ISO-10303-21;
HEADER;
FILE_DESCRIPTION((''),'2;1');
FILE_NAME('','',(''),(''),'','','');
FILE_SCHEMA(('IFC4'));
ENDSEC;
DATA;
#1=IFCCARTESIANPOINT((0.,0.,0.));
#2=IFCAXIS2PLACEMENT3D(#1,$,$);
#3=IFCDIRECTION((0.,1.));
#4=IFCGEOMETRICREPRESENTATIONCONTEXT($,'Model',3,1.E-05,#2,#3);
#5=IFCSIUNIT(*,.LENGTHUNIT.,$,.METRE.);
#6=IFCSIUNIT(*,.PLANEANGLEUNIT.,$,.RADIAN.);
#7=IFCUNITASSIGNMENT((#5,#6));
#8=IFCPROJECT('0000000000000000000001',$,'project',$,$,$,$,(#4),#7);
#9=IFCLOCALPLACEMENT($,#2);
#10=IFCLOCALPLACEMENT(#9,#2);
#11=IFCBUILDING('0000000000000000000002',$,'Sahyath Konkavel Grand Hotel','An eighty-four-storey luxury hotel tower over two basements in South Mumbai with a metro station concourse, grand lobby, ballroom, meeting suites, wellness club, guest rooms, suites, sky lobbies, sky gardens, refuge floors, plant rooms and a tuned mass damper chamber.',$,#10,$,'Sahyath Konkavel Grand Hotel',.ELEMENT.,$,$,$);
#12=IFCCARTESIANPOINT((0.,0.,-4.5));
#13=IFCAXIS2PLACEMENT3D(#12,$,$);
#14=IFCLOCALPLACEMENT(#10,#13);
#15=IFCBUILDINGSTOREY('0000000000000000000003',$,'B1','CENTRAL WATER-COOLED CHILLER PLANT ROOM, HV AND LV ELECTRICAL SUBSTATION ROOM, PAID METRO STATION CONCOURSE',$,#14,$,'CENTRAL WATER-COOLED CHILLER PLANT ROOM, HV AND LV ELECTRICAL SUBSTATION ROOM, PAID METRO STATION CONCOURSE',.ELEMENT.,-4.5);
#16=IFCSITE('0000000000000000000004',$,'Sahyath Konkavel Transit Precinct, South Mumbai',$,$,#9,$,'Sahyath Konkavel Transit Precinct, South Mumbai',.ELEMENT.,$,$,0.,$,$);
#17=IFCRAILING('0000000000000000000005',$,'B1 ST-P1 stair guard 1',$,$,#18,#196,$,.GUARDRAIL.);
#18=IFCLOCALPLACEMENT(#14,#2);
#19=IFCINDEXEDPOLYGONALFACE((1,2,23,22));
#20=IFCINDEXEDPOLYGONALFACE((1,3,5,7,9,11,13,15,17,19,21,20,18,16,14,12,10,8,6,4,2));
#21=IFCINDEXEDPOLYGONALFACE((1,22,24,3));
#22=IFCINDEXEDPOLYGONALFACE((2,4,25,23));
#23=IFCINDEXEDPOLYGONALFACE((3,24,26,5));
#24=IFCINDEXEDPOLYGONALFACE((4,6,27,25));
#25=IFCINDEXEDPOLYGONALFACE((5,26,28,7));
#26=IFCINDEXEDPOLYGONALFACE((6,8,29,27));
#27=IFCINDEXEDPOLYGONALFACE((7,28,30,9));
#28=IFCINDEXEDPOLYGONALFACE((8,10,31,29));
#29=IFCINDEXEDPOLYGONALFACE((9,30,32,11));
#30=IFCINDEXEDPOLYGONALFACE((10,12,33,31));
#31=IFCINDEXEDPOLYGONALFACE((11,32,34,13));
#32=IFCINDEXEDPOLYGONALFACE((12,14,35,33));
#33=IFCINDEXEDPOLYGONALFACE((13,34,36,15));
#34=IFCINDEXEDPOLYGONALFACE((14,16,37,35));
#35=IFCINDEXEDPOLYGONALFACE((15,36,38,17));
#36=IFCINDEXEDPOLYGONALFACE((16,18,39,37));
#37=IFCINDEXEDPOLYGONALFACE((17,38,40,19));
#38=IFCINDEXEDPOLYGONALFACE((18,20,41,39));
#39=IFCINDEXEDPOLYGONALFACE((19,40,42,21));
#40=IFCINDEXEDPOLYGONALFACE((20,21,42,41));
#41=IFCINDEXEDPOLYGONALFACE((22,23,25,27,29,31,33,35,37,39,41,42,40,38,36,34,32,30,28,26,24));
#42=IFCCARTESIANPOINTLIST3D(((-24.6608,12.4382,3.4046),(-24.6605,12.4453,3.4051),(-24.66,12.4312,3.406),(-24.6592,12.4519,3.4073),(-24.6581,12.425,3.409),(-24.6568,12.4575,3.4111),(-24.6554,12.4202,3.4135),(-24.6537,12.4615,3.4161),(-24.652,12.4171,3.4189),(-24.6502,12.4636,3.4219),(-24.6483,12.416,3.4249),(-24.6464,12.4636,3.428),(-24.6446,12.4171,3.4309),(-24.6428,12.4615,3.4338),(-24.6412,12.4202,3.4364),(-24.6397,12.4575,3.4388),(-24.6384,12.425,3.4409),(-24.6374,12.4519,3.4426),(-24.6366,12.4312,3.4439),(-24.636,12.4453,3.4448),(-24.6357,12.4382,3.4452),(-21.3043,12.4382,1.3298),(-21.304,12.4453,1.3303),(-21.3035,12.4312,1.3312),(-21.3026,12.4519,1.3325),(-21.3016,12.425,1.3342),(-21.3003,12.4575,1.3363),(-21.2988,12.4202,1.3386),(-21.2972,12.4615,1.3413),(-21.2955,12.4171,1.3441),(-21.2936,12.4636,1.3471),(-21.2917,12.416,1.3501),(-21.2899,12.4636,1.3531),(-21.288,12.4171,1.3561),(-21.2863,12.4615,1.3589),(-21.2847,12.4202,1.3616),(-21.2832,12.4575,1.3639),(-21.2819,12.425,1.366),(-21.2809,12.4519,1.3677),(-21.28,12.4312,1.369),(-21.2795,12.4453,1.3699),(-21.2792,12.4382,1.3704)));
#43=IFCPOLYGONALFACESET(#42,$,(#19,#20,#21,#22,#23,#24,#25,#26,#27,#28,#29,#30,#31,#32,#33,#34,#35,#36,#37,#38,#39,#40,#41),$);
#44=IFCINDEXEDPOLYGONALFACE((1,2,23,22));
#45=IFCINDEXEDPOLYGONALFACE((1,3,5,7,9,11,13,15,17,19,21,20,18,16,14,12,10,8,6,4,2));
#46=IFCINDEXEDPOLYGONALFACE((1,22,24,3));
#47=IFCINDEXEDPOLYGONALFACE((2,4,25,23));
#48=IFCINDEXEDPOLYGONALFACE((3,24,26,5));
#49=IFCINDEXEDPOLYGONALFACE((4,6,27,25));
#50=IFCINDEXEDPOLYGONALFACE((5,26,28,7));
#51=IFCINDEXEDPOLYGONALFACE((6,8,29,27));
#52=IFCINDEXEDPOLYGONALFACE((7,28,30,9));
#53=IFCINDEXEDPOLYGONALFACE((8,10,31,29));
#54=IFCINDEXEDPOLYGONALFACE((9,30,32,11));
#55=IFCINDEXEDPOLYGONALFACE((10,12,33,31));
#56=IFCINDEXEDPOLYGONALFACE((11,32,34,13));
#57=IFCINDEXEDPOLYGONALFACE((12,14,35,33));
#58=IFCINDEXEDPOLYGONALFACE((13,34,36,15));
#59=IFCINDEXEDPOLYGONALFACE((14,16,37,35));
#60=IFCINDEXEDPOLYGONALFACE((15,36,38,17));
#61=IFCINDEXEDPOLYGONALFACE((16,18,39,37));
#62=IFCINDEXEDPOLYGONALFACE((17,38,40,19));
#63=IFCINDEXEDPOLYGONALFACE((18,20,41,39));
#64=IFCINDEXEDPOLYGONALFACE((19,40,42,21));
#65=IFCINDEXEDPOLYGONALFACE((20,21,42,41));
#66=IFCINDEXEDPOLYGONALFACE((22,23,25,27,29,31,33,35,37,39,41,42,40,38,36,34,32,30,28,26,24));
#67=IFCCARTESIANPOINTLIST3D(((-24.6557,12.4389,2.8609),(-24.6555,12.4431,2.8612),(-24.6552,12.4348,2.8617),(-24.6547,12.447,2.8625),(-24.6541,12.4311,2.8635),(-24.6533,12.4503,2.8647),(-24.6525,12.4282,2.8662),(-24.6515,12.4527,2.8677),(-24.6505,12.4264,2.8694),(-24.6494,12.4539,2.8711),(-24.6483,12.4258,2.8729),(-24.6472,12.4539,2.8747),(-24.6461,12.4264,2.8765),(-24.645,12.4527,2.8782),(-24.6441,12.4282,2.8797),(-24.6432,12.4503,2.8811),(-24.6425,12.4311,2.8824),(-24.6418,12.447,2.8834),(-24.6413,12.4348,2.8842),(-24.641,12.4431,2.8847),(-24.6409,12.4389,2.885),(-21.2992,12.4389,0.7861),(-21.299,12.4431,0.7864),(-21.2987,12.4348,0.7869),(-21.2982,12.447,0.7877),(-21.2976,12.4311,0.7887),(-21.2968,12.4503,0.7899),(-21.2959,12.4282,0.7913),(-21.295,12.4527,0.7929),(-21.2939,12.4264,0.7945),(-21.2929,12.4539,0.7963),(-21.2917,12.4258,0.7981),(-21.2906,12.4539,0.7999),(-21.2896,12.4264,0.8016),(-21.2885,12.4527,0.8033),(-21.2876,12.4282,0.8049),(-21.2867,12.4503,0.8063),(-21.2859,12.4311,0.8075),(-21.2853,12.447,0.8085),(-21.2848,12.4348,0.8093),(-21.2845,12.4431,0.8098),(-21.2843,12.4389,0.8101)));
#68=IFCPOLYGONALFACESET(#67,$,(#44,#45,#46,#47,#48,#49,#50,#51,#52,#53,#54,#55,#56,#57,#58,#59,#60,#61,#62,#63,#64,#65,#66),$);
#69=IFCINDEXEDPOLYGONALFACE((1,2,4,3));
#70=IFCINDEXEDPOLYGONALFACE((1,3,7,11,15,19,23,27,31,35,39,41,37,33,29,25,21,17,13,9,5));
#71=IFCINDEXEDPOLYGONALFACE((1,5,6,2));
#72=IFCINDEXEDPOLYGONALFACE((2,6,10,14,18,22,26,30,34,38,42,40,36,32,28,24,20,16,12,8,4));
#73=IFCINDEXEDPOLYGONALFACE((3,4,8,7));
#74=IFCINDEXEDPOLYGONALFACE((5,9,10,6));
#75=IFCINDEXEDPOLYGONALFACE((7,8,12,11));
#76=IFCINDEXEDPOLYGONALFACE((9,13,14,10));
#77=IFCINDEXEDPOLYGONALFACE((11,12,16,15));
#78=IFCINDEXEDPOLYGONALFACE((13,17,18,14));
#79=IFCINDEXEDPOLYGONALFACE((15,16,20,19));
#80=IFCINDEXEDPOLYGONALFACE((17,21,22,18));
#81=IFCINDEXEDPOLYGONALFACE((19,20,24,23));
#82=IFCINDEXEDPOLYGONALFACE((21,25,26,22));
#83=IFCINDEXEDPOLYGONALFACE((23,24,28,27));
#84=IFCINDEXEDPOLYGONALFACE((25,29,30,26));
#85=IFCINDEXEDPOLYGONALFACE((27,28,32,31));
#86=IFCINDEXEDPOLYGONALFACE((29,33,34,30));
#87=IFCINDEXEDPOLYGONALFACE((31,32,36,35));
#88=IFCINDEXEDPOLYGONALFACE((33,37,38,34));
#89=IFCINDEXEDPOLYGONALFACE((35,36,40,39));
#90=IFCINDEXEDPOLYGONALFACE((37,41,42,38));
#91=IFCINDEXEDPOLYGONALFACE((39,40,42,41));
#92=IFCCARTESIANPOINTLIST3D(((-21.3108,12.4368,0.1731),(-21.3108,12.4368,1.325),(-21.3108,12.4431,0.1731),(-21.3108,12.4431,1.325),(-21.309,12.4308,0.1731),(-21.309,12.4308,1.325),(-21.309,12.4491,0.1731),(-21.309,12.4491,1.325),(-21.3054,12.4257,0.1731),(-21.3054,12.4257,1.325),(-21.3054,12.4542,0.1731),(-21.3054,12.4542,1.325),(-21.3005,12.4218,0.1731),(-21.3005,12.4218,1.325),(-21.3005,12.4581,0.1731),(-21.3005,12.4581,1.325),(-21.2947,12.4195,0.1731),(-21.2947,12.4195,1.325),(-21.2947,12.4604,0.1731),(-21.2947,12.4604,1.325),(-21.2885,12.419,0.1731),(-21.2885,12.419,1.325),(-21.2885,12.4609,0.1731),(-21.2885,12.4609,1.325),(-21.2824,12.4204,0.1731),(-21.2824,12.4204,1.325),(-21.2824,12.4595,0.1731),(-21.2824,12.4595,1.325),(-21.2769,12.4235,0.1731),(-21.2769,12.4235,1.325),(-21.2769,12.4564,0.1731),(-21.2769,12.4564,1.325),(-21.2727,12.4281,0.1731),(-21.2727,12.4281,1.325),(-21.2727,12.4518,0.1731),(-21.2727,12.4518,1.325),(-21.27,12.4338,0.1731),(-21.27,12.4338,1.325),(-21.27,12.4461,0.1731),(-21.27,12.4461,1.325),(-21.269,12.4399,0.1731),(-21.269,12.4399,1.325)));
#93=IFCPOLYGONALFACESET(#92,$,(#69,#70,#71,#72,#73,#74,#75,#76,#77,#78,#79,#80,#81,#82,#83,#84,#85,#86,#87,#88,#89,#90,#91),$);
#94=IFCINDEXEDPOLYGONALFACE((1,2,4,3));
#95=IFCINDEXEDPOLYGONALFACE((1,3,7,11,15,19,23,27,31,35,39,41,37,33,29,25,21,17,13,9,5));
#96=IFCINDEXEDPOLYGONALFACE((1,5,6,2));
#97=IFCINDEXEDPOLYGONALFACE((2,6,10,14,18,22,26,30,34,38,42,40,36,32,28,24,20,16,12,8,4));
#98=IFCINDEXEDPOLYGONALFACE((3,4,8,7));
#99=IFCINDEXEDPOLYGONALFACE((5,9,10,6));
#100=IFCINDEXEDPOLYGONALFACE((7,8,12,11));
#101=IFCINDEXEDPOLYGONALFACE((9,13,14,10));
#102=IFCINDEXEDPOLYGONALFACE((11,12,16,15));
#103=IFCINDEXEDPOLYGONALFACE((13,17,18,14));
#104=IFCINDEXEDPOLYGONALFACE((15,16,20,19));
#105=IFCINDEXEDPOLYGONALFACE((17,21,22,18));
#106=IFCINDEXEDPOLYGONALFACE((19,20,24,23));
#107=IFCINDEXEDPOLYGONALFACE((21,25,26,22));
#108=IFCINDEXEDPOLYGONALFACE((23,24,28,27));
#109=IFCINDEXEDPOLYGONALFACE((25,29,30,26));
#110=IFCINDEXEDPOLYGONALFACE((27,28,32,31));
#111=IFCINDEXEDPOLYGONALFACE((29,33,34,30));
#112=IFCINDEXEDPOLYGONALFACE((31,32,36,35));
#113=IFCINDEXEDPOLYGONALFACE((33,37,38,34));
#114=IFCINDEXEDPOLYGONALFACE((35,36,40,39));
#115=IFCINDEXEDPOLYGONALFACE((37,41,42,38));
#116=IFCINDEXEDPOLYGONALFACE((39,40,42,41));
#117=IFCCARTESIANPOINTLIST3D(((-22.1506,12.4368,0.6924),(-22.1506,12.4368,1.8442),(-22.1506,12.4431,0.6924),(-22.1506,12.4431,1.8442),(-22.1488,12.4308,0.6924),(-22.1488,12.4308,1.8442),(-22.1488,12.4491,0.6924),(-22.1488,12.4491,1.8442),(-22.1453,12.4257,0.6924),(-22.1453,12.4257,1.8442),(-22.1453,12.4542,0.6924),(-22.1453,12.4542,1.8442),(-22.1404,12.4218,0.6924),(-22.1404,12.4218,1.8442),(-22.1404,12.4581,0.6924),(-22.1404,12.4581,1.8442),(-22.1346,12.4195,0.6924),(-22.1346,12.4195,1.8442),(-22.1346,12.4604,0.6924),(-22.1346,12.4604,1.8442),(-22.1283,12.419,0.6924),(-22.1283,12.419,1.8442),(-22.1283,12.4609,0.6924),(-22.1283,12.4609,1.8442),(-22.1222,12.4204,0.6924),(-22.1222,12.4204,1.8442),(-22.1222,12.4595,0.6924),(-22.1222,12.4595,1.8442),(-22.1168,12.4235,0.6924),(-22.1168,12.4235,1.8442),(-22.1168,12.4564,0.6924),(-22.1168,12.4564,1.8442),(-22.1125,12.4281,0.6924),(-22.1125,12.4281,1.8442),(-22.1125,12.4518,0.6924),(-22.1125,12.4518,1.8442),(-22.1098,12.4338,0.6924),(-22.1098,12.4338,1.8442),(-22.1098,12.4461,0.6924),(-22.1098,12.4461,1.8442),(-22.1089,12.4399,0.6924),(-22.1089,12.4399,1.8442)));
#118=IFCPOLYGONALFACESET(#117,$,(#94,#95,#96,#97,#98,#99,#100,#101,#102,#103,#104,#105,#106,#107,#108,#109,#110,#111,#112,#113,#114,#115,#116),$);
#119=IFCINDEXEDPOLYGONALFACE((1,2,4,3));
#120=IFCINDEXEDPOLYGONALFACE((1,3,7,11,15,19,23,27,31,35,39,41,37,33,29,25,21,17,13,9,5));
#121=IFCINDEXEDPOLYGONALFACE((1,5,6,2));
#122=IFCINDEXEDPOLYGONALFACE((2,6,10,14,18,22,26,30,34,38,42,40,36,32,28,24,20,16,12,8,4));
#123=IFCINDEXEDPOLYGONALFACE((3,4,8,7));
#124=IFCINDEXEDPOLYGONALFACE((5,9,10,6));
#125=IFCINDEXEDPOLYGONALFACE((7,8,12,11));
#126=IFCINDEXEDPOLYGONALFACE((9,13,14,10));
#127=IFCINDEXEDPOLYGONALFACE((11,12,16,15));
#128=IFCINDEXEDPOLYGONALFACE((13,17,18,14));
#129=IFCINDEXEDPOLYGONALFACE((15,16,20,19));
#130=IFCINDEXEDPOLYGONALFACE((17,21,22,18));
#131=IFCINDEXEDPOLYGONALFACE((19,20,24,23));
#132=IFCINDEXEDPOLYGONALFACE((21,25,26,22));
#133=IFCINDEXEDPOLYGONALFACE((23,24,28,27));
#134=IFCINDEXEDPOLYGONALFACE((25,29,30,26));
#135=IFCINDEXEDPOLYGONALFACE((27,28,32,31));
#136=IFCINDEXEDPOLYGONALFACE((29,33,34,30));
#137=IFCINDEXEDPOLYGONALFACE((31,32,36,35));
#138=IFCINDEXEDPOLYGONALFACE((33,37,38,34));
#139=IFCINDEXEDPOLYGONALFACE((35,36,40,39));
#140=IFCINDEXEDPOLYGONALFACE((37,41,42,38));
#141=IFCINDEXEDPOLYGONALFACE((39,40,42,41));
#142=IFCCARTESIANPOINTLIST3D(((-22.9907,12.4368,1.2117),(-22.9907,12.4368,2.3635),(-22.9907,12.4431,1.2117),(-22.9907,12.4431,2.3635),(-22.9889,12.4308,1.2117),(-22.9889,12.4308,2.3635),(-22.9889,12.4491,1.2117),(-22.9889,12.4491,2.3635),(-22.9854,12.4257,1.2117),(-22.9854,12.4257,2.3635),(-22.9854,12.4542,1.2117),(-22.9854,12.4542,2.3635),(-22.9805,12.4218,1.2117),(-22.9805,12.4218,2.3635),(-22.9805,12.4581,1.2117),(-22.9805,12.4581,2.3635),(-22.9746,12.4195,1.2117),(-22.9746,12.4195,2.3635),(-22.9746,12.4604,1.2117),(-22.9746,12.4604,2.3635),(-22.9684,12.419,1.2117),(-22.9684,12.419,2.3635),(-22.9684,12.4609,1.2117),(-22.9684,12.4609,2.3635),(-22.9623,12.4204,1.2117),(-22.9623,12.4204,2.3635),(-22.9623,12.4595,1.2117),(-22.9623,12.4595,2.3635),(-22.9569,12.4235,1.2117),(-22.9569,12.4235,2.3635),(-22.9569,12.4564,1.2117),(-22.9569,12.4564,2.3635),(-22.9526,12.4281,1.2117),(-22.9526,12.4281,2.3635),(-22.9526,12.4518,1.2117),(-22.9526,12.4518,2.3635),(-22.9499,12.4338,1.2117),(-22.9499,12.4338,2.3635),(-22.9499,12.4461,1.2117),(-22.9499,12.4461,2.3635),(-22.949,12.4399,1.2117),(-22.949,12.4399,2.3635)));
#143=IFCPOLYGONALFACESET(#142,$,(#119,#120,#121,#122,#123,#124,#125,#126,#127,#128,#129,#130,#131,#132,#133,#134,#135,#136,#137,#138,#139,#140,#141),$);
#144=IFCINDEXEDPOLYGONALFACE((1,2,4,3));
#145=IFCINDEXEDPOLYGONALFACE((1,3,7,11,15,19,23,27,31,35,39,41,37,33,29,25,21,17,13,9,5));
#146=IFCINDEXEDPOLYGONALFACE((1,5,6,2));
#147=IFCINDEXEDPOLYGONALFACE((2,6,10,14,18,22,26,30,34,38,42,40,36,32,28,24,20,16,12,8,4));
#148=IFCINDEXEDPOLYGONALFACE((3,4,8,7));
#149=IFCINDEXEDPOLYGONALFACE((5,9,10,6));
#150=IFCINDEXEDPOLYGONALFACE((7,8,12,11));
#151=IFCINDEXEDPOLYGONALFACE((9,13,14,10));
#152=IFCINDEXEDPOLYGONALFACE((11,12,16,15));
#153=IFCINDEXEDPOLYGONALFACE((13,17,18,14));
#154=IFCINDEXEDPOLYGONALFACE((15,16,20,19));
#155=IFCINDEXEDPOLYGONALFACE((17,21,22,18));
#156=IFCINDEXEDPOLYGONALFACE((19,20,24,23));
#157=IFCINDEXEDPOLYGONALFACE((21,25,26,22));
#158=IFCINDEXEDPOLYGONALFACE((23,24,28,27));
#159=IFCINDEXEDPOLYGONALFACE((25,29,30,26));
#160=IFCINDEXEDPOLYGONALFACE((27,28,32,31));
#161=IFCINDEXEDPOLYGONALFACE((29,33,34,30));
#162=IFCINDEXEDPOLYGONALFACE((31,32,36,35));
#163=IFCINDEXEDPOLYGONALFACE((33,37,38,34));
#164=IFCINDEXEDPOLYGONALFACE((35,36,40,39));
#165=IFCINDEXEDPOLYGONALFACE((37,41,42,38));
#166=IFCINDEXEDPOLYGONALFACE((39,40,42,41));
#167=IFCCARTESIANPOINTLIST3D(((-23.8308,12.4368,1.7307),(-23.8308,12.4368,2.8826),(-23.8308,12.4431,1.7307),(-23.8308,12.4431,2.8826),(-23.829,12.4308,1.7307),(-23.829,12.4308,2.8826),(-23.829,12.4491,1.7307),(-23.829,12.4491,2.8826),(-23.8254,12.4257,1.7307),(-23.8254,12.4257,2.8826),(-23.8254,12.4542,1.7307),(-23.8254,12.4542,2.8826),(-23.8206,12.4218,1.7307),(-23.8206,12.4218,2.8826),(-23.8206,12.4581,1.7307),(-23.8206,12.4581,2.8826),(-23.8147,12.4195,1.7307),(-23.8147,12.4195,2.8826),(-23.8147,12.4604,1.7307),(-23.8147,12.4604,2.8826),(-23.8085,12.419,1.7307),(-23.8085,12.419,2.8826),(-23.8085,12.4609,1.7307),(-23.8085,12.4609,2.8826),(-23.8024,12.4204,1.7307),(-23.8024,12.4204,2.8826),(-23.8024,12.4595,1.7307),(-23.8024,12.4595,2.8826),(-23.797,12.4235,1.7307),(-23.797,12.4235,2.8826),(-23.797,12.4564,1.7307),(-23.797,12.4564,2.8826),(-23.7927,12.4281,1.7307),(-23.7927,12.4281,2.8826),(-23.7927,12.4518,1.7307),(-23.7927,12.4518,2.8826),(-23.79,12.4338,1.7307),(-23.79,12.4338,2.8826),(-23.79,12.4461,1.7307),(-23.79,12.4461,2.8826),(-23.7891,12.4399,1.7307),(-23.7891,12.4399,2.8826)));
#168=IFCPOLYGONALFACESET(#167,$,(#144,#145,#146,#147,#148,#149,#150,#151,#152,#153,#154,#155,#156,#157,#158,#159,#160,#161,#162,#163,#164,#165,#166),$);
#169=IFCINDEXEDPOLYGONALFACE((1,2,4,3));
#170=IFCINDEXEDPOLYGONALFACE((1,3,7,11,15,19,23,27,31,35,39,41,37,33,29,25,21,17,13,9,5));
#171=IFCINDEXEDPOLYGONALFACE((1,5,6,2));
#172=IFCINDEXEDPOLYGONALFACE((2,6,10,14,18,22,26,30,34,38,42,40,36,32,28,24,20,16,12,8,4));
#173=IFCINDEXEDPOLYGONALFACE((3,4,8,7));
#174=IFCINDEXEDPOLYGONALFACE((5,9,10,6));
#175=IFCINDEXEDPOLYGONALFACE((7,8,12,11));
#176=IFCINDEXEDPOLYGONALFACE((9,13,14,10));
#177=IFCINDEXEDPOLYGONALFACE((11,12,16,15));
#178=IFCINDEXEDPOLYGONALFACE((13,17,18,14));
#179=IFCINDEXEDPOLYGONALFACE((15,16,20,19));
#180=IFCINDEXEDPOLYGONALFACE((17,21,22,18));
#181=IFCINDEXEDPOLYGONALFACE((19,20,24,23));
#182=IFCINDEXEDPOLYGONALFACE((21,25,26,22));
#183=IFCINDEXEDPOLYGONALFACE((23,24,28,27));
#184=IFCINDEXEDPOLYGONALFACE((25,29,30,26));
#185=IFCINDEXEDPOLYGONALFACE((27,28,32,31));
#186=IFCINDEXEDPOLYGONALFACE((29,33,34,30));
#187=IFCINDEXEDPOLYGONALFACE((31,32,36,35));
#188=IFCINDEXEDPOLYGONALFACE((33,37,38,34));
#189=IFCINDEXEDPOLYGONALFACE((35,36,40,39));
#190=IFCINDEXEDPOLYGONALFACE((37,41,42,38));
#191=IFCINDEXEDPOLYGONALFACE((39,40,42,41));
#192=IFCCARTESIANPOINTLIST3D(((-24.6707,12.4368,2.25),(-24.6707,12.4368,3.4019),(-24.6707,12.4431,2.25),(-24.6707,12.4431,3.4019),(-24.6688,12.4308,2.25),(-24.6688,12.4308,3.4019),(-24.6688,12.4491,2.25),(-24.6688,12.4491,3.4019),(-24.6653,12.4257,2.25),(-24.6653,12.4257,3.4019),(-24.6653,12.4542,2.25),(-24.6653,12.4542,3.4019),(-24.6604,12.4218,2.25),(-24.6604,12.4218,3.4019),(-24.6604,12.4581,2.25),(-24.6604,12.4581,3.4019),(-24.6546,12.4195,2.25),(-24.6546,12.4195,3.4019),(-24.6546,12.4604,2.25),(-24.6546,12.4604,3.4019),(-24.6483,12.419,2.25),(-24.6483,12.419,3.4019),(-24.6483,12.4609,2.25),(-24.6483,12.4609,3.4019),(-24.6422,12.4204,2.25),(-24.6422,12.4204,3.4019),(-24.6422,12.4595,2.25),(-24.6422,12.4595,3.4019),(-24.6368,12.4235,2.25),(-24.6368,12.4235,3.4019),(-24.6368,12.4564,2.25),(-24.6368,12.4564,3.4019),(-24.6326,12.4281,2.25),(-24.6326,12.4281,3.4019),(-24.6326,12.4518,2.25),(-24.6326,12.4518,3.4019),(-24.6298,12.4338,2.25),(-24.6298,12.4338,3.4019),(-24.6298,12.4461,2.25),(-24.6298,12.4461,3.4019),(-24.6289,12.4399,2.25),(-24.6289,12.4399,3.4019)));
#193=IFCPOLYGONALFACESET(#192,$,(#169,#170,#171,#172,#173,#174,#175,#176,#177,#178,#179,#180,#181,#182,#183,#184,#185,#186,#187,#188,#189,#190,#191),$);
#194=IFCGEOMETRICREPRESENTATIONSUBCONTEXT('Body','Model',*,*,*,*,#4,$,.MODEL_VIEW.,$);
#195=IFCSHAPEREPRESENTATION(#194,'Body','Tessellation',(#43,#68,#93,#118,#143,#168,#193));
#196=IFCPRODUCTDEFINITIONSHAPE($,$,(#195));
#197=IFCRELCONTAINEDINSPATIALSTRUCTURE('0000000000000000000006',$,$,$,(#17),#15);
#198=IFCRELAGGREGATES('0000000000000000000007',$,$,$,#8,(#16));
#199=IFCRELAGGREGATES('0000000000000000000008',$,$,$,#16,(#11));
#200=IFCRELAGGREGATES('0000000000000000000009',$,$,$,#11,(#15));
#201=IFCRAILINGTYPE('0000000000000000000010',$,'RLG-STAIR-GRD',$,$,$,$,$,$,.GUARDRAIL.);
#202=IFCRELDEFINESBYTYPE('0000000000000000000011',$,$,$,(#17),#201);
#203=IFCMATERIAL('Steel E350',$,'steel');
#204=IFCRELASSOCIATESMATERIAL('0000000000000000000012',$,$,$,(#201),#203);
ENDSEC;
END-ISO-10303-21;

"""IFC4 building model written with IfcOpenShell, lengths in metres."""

from ifc_helpers import new_model, si_unit, direction, frame, origin, origin_2d, place, context, subcontext, project, spatial, circle, extrude, material, type_object, element, save


model = new_model("IFC4")

# Units and contexts
model_context = context("Model", 3, precision=1e-05, world=origin(), true_north=direction((0.0, 1.0)))
body_context = subcontext(model_context, "Body", "Model", "MODEL_VIEW")
ifc_project = project(units=[si_unit("LENGTHUNIT", "METRE"), si_unit("PLANEANGLEUNIT", "RADIAN")], contexts=[model_context])

# Site, building, storey
site_placement = place(None, origin())
site = spatial("IfcSite", under=ifc_project, at=site_placement, Name="Sahyath Konkavel Transit Precinct, South Mumbai", LongName="Sahyath Konkavel Transit Precinct, South Mumbai", CompositionType="ELEMENT", RefElevation=0.0)
building_placement = place(site_placement, origin())
building = spatial("IfcBuilding", under=site, at=building_placement, Name="Sahyath Konkavel Grand Hotel", Description="An eighty-four-storey luxury hotel tower over two basements in South Mumbai with a metro station concourse, grand lobby, ballroom, meeting suites, wellness club, guest rooms, suites, sky lobbies, sky gardens, refuge floors, plant rooms and a tuned mass damper chamber.", LongName="Sahyath Konkavel Grand Hotel", CompositionType="ELEMENT")
storey_placement = place(building_placement, frame((0.0, 0.0, -4.5)))
storey = spatial("IfcBuildingStorey", under=building, at=storey_placement, Name="B1", Description="CENTRAL WATER-COOLED CHILLER PLANT ROOM, HV AND LV ELECTRICAL SUBSTATION ROOM, PAID METRO STATION CONCOURSE", LongName="CENTRAL WATER-COOLED CHILLER PLANT ROOM, HV AND LV ELECTRICAL SUBSTATION ROOM, PAID METRO STATION CONCOURSE", CompositionType="ELEMENT", Elevation=-4.5)

# Shared definitions
ifc_material_1 = material(Name="Steel E350", Category="steel")

# Railing
railing_type_1 = type_object("IfcRailingType", Name="RLG-STAIR-GRD", PredefinedType="GUARDRAIL", material=ifc_material_1)
railing_1_placement = place(storey_placement, frame((-21.29, 12.4399, 0.1731)))
element("IfcRailing", 1, at=railing_1_placement, inside=storey, type_object=railing_type_1, Name="B1 ST-P1 stair guard 1", PredefinedType="GUARDRAIL", context=body_context, shape_type="SweptSolid", body=[
    extrude(circle(Radius=0.0239, at=origin_2d()), frame((-0.0017, 0.0, 1.177), z_axis=(-0.850606, 0.0, 0.525803), x_axis=(0.0, -1.0, 0.0)), (0.0, 0.0, 1.0), 3.946),
    extrude(circle(Radius=0.0142, at=origin_2d()), frame((-0.0017, 0.0, 0.625), z_axis=(-0.850606, 0.0, 0.525803), x_axis=(0.0, -1.0, 0.0)), (0.0, 0.0, 1.0), 3.946),
    extrude(circle(Radius=0.021, at=origin_2d()), origin(), (0.0, 0.0, 1.0), 1.1519),
    extrude(circle(Radius=0.021, at=origin_2d()), frame((-0.8398, 0.0, 0.5193)), (0.0, 0.0, 1.0), 1.1519),
    extrude(circle(Radius=0.021, at=origin_2d()), frame((-1.6799, 0.0, 1.0386)), (0.0, 0.0, 1.0), 1.1519),
    extrude(circle(Radius=0.021, at=origin_2d()), frame((-2.52, 0.0, 1.5576)), (0.0, 0.0, 1.0), 1.1519),
    extrude(circle(Radius=0.021, at=origin_2d()), frame((-3.3599, 0.0, 2.0769)), (0.0, 0.0, 1.0), 1.1519),
])

save(model, "model.ifc")
